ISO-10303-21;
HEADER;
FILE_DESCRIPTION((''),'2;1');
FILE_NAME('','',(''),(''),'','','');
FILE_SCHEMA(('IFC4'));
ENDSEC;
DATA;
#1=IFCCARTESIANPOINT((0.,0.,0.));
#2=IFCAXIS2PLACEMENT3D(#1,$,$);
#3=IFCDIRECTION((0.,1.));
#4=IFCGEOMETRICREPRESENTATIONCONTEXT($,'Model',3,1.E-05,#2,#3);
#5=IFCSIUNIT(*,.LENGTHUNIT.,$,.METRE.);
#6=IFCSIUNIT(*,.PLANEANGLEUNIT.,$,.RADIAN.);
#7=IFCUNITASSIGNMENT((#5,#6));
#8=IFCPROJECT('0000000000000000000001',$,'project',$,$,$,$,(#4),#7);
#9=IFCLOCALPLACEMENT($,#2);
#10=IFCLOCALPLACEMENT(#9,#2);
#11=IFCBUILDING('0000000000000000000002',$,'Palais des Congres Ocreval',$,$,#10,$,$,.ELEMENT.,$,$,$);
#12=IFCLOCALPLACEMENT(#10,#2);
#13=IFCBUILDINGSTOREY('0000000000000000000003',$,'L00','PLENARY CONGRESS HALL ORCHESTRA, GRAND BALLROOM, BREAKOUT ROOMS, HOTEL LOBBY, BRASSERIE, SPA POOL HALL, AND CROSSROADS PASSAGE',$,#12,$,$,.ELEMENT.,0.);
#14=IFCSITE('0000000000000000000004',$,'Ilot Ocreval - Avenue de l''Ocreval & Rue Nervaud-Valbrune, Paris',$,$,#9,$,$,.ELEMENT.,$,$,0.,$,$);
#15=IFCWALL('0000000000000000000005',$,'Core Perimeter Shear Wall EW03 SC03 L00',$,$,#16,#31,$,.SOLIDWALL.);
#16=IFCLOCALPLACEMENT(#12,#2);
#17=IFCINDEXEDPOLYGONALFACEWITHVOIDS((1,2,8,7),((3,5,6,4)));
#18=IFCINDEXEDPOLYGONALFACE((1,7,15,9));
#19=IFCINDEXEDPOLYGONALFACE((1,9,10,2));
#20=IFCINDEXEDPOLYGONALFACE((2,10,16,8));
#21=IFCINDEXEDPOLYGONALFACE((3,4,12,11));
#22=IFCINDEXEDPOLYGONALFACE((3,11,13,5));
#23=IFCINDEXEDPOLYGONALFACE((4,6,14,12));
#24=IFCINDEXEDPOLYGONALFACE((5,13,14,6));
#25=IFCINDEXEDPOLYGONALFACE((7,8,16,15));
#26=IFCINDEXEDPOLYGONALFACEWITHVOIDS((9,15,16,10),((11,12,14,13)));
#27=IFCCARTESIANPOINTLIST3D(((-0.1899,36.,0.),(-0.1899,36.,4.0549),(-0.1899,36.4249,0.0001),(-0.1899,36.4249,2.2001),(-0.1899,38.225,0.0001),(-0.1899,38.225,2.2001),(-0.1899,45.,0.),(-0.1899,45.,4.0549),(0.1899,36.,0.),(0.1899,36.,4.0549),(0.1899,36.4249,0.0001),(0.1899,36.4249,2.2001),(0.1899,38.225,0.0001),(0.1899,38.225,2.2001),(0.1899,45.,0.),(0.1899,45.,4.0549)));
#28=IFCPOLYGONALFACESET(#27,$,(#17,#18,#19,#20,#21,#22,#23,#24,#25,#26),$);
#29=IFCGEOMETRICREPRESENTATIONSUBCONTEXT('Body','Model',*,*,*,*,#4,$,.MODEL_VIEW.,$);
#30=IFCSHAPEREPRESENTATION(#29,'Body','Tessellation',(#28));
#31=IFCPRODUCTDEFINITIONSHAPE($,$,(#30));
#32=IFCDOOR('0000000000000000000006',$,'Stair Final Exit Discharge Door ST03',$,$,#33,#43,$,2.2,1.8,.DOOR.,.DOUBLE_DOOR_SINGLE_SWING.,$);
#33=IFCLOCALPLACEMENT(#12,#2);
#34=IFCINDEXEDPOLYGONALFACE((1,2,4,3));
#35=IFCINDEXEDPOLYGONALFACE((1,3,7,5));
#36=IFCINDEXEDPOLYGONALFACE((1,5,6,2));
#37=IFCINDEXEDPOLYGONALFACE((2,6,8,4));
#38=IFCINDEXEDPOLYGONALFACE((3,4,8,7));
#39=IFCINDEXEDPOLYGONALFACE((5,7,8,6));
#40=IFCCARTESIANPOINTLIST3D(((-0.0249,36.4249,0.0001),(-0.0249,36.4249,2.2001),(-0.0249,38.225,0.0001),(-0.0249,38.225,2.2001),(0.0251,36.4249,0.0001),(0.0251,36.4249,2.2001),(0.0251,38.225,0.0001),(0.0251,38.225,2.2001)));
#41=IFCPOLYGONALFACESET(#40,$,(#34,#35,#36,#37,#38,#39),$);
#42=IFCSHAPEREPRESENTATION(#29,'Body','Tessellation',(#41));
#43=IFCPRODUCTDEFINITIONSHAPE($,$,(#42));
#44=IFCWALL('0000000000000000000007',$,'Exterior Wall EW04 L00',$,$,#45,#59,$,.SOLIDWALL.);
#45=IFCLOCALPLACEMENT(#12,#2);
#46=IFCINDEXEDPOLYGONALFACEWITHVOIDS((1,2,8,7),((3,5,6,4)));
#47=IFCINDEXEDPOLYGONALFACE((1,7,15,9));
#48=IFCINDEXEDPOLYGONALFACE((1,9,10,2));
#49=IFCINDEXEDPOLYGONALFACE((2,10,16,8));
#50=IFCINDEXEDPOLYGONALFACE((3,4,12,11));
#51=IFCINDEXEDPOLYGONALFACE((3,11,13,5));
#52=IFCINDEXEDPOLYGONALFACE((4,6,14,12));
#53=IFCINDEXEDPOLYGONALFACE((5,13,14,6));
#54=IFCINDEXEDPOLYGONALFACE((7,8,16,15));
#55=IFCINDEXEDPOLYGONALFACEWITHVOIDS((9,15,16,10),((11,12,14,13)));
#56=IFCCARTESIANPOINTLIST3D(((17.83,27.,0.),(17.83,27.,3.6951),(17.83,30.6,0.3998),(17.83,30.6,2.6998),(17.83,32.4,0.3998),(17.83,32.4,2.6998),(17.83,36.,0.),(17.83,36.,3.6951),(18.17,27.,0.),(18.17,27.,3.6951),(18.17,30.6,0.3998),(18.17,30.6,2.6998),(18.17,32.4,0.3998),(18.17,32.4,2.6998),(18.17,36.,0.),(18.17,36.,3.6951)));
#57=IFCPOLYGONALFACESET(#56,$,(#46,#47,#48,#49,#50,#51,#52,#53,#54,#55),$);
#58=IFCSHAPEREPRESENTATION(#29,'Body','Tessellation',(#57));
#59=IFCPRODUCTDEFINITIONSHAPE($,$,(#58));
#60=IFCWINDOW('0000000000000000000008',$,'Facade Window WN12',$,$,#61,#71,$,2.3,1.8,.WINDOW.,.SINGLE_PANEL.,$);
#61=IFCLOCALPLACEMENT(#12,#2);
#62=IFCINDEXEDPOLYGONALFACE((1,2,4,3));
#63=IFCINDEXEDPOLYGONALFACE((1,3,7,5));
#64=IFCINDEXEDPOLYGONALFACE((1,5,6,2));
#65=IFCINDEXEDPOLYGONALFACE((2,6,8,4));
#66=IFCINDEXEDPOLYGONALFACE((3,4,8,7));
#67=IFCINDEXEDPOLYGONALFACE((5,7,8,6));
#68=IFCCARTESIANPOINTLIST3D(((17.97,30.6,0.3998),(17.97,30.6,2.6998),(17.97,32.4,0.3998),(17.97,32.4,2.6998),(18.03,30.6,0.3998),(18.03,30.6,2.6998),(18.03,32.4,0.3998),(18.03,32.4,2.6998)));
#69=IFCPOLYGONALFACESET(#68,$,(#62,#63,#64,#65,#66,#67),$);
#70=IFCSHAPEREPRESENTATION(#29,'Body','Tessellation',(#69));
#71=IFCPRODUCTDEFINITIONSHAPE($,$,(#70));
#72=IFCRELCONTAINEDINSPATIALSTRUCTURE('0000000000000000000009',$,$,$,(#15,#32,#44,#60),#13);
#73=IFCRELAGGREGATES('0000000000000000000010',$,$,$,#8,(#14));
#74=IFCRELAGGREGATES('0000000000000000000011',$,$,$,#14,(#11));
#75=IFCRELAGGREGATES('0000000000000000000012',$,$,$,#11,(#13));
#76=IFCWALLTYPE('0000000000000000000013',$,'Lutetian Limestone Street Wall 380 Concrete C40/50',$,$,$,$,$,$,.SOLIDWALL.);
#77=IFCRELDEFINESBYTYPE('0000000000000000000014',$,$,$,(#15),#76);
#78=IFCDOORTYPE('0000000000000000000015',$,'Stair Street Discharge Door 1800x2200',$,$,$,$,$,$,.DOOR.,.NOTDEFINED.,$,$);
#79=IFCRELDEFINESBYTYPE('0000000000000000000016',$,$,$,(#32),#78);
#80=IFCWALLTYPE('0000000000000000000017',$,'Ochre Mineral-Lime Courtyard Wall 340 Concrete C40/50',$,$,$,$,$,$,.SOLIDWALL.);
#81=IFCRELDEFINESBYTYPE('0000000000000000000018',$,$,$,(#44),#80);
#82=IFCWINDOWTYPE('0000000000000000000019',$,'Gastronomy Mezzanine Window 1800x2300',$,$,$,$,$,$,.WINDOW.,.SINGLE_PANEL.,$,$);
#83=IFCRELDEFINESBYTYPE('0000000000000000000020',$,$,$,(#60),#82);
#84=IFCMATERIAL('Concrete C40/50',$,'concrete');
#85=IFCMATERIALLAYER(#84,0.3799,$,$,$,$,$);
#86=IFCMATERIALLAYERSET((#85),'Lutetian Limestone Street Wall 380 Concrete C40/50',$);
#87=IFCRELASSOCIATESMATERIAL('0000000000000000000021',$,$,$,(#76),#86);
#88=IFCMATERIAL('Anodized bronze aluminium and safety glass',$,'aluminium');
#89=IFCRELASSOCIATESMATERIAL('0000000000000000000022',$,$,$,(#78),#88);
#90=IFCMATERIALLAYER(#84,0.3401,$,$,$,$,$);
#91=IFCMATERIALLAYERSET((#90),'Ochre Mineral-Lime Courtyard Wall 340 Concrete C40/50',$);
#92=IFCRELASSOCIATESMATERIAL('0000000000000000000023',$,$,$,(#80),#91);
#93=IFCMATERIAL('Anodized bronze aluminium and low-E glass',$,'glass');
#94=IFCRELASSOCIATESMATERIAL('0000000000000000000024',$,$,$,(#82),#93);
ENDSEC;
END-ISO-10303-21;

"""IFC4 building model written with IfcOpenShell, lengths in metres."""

from ifc_helpers import new_model, si_unit, direction, frame, frame_2d, origin, place, context, subcontext, project, spatial, rectangle, extrude, material, layer, layer_set, type_object, element, fill, save


model = new_model("IFC4")

# Units and contexts
model_context = context("Model", 3, precision=1e-05, world=origin(), true_north=direction((0.0, 1.0)))
body_context = subcontext(model_context, "Body", "Model", "MODEL_VIEW")
ifc_project = project(units=[si_unit("LENGTHUNIT", "METRE"), si_unit("PLANEANGLEUNIT", "RADIAN")], contexts=[model_context])

# Site, building, storey
site_placement = place(None, origin())
site = spatial("IfcSite", under=ifc_project, at=site_placement, Name="Ilot Ocreval - Avenue de l'Ocreval & Rue Nervaud-Valbrune, Paris", CompositionType="ELEMENT", RefElevation=0.0)
building_placement = place(site_placement, origin())
building = spatial("IfcBuilding", under=site, at=building_placement, Name="Palais des Congres Ocreval", CompositionType="ELEMENT")
storey_placement = place(building_placement, origin())
storey = spatial("IfcBuildingStorey", under=building, at=storey_placement, Name="L00", Description="PLENARY CONGRESS HALL ORCHESTRA, GRAND BALLROOM, BREAKOUT ROOMS, HOTEL LOBBY, BRASSERIE, SPA POOL HALL, AND CROSSROADS PASSAGE", CompositionType="ELEMENT", Elevation=0.0)

# Shared definitions
ifc_material_1 = material(Name="Concrete C40/50", Category="concrete")

# Wall, opening, door
ifc_layer_1 = layer(ifc_material_1, 0.3799)
ifc_layer_set_1 = layer_set([ifc_layer_1], Name="Lutetian Limestone Street Wall 380 Concrete C40/50")
wall_type_1 = type_object("IfcWallType", Name="Lutetian Limestone Street Wall 380 Concrete C40/50", PredefinedType="SOLIDWALL", material=ifc_layer_set_1)
wall_1_placement = place(storey_placement, frame((0.0, 36.0, 0.0), z_axis=(0.0, 0.0, 1.0), x_axis=(0.0, 1.0, 0.0)))
wall_1 = element("IfcWall", 1, at=wall_1_placement, inside=storey, type_object=wall_type_1, Name="Core Perimeter Shear Wall EW03 SC03 L00", PredefinedType="SOLIDWALL", context=body_context, shape_type="SweptSolid", body=[
    extrude(rectangle(XDim=9.0, YDim=0.3799, at=frame_2d((4.5, 0.0))), origin(), (0.0, 0.0, 1.0), 4.0549),
])
opening_1_placement = place(wall_1_placement, frame((0.425, 0.0, 0.0)))
opening_1 = element("IfcOpeningElement", 2, at=opening_1_placement, cuts=wall_1, PredefinedType="OPENING", context=body_context, shape_type="SweptSolid", body=[
    extrude(rectangle(XDim=1.8, YDim=2.2, at=frame_2d((0.8999, 1.1001))), frame((0.0, 0.2, 0.0), z_axis=(0.0, -1.0, 0.0), x_axis=(1.0, 0.0, 0.0)), (0.0, 0.0, 1.0), 0.3999),
])
ifc_material_2 = material(Name="Anodized bronze aluminium and safety glass", Category="aluminium")
door_type_1 = type_object("IfcDoorType", Name="Stair Street Discharge Door 1800x2200", OperationType="NOTDEFINED", PredefinedType="DOOR", material=ifc_material_2)
door_1_placement = place(opening_1_placement, origin())
door_1 = element("IfcDoor", 3, at=door_1_placement, inside=storey, type_object=door_type_1, Name="Stair Final Exit Discharge Door ST03", OperationType="DOUBLE_DOOR_SINGLE_SWING", OverallHeight=2.2, OverallWidth=1.8, PredefinedType="DOOR", context=body_context, shape_type="SweptSolid", body=[
    extrude(rectangle(XDim=1.8, YDim=2.2, at=frame_2d((0.8999, 1.1001))), frame((0.0, 0.0249, 0.0), z_axis=(0.0, -1.0, 0.0), x_axis=(1.0, 0.0, 0.0)), (0.0, 0.0, 1.0), 0.05),
])
fill(opening_1, door_1)

# Wall, opening, window
ifc_layer_2 = layer(ifc_material_1, 0.3401)
ifc_layer_set_2 = layer_set([ifc_layer_2], Name="Ochre Mineral-Lime Courtyard Wall 340 Concrete C40/50")
wall_type_2 = type_object("IfcWallType", Name="Ochre Mineral-Lime Courtyard Wall 340 Concrete C40/50", PredefinedType="SOLIDWALL", material=ifc_layer_set_2)
wall_2_placement = place(storey_placement, frame((18.0, 36.0, 0.0), z_axis=(0.0, 0.0, 1.0), x_axis=(0.0, -1.0, 0.0)))
wall_2 = element("IfcWall", 4, at=wall_2_placement, inside=storey, type_object=wall_type_2, Name="Exterior Wall EW04 L00", PredefinedType="SOLIDWALL", context=body_context, shape_type="SweptSolid", body=[
    extrude(rectangle(XDim=9.0, YDim=0.3401, at=frame_2d((4.5, 0.0))), origin(), (0.0, 0.0, 1.0), 3.6951),
])
opening_2_placement = place(wall_2_placement, frame((3.6001, 0.0, 0.3999)))
opening_2 = element("IfcOpeningElement", 5, at=opening_2_placement, cuts=wall_2, PredefinedType="OPENING", context=body_context, shape_type="SweptSolid", body=[
    extrude(rectangle(XDim=1.8, YDim=2.3, at=frame_2d((0.8999, 1.1499))), frame((0.0, 0.1799, 0.0), z_axis=(0.0, -1.0, 0.0), x_axis=(1.0, 0.0, 0.0)), (0.0, 0.0, 1.0), 0.3601),
])
ifc_material_3 = material(Name="Anodized bronze aluminium and low-E glass", Category="glass")
window_type = type_object("IfcWindowType", Name="Gastronomy Mezzanine Window 1800x2300", PartitioningType="SINGLE_PANEL", PredefinedType="WINDOW", material=ifc_material_3)
window_placement = place(opening_2_placement, origin())
window = element("IfcWindow", 6, at=window_placement, inside=storey, type_object=window_type, Name="Facade Window WN12", OverallHeight=2.3, OverallWidth=1.8, PartitioningType="SINGLE_PANEL", PredefinedType="WINDOW", context=body_context, shape_type="SweptSolid", body=[
    extrude(rectangle(XDim=1.8, YDim=2.3, at=frame_2d((0.8999, 1.1499))), frame((0.0, 0.03, 0.0), z_axis=(0.0, -1.0, 0.0), x_axis=(1.0, 0.0, 0.0)), (0.0, 0.0, 1.0), 0.0601),
])
fill(opening_2, window)

save(model, "model.ifc")
